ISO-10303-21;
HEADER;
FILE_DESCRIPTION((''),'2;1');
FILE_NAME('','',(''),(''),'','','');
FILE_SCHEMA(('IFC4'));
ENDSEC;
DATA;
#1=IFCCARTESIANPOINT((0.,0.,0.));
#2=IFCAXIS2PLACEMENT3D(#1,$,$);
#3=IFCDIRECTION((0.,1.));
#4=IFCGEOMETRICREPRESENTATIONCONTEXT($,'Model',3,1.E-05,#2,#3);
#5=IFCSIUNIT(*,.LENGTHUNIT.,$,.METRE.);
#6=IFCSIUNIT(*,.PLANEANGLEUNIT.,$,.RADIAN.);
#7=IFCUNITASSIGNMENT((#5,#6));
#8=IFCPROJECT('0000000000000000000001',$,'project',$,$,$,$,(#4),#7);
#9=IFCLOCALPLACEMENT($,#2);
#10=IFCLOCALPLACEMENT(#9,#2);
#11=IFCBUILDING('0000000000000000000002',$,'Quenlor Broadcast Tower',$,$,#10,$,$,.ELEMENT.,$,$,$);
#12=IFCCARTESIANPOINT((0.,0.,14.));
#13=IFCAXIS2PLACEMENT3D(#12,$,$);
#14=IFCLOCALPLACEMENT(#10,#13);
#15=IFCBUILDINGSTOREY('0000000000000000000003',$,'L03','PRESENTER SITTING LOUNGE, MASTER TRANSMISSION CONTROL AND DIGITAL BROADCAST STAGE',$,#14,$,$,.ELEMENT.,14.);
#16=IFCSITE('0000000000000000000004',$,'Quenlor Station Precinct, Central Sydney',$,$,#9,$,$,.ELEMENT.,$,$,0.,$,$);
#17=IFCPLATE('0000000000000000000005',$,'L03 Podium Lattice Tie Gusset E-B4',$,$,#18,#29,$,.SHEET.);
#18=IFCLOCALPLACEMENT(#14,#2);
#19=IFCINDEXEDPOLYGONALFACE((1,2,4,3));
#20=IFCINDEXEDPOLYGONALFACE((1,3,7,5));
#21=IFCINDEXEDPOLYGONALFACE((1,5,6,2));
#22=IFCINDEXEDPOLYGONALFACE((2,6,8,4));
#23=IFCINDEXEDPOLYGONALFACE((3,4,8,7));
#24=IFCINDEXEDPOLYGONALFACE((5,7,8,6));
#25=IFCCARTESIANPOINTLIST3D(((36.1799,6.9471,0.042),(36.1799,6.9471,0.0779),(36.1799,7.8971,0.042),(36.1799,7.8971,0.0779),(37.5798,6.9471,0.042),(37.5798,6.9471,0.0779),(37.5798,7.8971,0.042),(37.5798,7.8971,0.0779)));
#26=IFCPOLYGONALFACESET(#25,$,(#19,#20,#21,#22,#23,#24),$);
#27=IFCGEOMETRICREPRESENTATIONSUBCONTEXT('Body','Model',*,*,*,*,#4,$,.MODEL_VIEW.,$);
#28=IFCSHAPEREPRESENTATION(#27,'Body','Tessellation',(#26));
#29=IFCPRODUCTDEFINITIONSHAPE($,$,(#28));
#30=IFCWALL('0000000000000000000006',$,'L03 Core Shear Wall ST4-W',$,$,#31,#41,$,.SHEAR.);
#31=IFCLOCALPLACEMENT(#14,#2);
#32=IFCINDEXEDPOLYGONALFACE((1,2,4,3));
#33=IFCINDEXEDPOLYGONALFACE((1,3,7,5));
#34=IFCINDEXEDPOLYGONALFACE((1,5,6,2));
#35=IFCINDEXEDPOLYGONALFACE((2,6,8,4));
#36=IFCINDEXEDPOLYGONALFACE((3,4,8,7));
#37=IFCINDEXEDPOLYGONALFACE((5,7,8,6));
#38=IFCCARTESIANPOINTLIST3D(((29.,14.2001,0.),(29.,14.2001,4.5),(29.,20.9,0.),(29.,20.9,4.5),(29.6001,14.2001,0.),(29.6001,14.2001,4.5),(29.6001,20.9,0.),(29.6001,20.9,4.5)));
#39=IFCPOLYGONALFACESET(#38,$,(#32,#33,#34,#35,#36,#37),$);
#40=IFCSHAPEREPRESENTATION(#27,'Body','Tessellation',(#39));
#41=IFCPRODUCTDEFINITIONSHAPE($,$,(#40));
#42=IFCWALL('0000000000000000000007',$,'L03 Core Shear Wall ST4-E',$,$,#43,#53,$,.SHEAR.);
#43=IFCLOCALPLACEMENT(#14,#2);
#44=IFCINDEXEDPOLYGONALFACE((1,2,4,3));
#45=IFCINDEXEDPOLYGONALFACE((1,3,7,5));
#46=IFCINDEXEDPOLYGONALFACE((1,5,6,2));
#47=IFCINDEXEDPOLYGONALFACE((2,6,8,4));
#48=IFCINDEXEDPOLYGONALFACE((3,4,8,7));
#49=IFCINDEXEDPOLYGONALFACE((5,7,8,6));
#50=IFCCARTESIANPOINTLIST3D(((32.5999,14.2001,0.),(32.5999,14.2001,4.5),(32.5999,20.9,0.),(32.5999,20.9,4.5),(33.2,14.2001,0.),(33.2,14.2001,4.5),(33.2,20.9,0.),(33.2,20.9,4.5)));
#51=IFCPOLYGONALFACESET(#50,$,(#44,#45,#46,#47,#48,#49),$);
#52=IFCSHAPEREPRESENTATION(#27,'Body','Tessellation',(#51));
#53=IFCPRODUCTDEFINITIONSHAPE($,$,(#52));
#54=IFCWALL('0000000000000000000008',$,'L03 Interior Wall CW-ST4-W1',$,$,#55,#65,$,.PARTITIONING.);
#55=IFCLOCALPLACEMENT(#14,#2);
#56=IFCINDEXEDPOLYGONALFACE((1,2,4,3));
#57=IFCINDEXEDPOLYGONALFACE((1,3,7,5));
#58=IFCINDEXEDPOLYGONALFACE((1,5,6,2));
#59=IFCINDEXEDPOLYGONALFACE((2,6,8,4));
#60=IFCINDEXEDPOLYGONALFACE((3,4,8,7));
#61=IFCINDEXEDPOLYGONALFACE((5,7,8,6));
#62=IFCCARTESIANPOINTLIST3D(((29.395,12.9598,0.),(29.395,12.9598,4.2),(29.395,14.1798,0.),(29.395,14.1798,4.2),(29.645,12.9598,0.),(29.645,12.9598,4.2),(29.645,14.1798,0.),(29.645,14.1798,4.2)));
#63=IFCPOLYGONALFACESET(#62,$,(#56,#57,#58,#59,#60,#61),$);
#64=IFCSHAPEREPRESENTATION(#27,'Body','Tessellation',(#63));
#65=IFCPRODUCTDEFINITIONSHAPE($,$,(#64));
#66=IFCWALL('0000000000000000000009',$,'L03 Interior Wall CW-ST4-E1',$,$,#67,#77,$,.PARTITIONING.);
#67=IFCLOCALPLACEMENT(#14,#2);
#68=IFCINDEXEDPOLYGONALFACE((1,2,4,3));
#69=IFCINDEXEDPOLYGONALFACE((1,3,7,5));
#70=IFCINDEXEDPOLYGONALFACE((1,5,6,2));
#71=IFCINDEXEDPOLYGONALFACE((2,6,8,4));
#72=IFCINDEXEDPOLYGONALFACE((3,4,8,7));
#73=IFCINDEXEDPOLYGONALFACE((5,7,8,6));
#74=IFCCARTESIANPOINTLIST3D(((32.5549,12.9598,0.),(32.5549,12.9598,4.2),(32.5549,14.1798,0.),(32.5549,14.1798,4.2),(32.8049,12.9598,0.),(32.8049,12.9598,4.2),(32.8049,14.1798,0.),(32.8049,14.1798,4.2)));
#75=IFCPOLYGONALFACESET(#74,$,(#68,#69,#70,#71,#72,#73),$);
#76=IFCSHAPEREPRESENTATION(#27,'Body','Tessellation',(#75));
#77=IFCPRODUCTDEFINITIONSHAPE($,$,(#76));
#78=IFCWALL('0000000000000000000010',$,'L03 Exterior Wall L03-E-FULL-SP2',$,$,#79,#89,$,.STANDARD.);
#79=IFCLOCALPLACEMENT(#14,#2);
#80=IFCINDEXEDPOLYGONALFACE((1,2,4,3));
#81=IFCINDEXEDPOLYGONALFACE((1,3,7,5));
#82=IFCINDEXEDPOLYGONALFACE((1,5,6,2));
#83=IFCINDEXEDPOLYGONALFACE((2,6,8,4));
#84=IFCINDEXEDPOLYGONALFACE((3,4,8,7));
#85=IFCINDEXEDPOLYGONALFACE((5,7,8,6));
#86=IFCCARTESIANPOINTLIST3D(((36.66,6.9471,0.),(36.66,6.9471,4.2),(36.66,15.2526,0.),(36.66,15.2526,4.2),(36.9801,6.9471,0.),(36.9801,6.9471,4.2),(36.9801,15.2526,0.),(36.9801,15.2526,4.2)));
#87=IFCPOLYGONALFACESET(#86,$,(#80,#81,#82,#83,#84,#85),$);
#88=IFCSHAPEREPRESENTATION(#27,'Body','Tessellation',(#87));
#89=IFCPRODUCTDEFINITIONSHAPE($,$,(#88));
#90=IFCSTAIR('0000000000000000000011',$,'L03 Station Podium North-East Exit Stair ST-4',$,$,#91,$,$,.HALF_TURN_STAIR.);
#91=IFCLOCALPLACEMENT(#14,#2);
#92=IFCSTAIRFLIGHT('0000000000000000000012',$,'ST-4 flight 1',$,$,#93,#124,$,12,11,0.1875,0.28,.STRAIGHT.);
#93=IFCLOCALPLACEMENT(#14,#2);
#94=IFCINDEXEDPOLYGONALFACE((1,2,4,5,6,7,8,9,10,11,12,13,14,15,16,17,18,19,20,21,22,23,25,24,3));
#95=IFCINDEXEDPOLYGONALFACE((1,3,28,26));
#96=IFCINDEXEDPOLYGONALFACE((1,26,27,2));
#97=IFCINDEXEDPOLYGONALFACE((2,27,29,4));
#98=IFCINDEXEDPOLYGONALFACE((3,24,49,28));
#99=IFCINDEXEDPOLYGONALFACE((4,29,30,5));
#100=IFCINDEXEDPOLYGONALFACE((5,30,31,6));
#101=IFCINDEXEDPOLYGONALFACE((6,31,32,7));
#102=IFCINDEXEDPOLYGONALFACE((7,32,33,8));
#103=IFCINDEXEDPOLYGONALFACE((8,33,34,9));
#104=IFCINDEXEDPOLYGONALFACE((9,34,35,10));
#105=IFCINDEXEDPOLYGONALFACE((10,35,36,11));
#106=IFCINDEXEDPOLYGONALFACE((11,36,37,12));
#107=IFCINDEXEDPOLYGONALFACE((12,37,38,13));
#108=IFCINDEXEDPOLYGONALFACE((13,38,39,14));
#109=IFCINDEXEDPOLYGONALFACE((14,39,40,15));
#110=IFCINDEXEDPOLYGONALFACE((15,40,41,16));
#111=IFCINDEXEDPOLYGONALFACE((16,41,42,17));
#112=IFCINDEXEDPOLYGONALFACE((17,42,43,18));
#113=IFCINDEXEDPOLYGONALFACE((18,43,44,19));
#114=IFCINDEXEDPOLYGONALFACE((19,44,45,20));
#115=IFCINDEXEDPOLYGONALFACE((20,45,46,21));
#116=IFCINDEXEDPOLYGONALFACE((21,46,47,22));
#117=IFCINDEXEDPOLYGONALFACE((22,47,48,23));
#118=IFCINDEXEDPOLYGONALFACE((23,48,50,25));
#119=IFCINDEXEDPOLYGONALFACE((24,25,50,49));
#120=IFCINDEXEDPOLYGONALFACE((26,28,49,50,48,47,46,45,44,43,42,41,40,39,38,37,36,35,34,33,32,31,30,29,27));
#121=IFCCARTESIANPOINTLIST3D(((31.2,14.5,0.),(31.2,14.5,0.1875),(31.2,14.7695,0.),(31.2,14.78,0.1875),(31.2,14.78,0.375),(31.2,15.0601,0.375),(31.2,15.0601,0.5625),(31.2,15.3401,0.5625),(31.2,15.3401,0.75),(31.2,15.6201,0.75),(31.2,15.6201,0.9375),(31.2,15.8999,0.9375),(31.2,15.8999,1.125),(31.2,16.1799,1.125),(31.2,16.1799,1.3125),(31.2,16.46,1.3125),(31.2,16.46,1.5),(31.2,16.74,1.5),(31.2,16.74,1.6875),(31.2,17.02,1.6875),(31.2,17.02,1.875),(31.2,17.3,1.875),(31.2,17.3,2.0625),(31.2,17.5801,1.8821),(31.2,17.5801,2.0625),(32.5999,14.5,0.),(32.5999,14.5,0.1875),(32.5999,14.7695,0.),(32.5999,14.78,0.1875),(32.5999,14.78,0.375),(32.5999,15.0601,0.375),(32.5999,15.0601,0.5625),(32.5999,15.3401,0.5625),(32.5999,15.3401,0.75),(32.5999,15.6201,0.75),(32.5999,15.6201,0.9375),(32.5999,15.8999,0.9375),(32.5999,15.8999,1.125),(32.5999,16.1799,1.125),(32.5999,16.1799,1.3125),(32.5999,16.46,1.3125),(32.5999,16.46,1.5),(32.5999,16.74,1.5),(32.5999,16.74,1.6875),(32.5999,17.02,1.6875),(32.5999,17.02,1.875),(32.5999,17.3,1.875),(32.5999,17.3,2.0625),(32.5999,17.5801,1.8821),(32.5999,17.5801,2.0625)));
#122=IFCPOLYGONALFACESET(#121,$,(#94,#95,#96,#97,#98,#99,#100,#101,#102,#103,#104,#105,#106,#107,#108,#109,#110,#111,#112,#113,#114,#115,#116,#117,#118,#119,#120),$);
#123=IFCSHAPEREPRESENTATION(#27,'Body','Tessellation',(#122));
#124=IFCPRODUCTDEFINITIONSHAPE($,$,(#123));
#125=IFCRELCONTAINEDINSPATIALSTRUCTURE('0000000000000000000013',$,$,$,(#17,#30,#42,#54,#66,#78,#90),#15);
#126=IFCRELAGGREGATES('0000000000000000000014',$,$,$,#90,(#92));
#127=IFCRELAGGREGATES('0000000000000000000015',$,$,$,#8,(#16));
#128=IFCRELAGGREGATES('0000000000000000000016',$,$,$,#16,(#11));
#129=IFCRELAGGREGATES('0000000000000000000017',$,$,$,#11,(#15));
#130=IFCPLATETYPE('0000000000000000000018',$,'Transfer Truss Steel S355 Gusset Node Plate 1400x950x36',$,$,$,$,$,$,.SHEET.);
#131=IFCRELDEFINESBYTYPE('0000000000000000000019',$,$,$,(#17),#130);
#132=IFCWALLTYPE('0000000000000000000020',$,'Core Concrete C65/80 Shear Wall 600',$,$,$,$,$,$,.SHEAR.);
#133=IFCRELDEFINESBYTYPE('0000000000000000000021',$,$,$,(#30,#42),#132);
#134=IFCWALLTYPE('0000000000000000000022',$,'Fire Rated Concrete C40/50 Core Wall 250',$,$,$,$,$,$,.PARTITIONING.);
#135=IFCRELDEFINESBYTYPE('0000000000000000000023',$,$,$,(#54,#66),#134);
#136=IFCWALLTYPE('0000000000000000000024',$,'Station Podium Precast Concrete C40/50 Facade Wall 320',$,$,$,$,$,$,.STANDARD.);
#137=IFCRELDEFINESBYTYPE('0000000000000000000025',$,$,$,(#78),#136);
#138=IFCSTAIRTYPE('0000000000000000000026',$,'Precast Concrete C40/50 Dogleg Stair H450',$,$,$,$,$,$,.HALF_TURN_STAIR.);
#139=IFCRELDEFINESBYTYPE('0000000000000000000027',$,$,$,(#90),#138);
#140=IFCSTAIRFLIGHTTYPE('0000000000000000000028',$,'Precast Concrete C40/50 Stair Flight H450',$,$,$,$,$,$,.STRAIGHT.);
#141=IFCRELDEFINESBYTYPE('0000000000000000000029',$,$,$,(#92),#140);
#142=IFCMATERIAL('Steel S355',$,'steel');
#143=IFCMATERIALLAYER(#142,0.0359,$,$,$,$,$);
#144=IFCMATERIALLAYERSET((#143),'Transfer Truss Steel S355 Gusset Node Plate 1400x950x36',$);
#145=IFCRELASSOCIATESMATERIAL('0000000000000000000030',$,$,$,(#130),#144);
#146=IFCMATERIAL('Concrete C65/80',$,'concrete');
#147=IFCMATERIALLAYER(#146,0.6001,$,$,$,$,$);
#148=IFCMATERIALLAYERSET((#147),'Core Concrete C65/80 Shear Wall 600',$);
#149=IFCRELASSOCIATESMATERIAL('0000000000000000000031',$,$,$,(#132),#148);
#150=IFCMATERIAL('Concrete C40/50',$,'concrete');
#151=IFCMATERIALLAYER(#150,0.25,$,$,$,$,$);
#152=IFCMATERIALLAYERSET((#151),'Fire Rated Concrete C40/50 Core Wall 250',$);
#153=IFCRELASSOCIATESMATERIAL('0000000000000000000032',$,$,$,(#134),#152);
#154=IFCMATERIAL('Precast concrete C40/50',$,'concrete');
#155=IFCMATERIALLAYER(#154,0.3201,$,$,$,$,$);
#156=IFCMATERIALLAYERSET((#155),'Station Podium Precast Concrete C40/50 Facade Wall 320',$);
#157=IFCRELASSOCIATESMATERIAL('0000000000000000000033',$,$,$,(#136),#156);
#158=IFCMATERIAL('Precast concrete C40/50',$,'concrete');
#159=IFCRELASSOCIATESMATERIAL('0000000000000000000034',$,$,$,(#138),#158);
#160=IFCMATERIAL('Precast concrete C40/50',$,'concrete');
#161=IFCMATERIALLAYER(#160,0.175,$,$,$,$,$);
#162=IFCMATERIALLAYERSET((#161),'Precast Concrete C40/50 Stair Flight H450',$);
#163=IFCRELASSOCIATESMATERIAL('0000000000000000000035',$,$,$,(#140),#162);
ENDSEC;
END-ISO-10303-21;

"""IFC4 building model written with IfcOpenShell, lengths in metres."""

from ifc_helpers import new_model, si_unit, direction, frame, frame_2d, origin, origin_2d, place, context, subcontext, project, spatial, polyline, rectangle, outline, extrude, material, layer, layer_set, type_object, element, aggregate, save


model = new_model("IFC4")

# Units and contexts
model_context = context("Model", 3, precision=1e-05, world=origin(), true_north=direction((0.0, 1.0)))
body_context = subcontext(model_context, "Body", "Model", "MODEL_VIEW")
ifc_project = project(units=[si_unit("LENGTHUNIT", "METRE"), si_unit("PLANEANGLEUNIT", "RADIAN")], contexts=[model_context])

# Site, building, storey
site_placement = place(None, origin())
site = spatial("IfcSite", under=ifc_project, at=site_placement, Name="Quenlor Station Precinct, Central Sydney", CompositionType="ELEMENT", RefElevation=0.0)
building_placement = place(site_placement, origin())
building = spatial("IfcBuilding", under=site, at=building_placement, Name="Quenlor Broadcast Tower", CompositionType="ELEMENT")
storey_placement = place(building_placement, frame((0.0, 0.0, 14.0)))
storey = spatial("IfcBuildingStorey", under=building, at=storey_placement, Name="L03", Description="PRESENTER SITTING LOUNGE, MASTER TRANSMISSION CONTROL AND DIGITAL BROADCAST STAGE", CompositionType="ELEMENT", Elevation=14.0)

# Plate
ifc_material_1 = material(Name="Steel S355", Category="steel")
ifc_layer_1 = layer(ifc_material_1, 0.0359)
ifc_layer_set_1 = layer_set([ifc_layer_1], Name="Transfer Truss Steel S355 Gusset Node Plate 1400x950x36")
plate_type = type_object("IfcPlateType", Name="Transfer Truss Steel S355 Gusset Node Plate 1400x950x36", PredefinedType="SHEET", material=ifc_layer_set_1)
for number, where, z_axis, x_axis, name in (
    (1, (36.8799, 7.4221, 0.042), (0.0, 0.0, 1.0), (1.0, 0.0, 0.0), "L03 Podium Lattice Tie Gusset E-B4"),
):
    element("IfcPlate", number, at=place(storey_placement, frame(where, z_axis=z_axis, x_axis=x_axis)), inside=storey, type_object=plate_type, Name=name, PredefinedType="SHEET", context=body_context, shape_type="SweptSolid", body=[
        extrude(rectangle(XDim=1.3999, YDim=0.95, at=origin_2d()), origin(), (0.0, 0.0, 1.0), 0.0359),
    ])

# Walls
ifc_material_2 = material(Name="Concrete C65/80", Category="concrete")
ifc_layer_2 = layer(ifc_material_2, 0.6001)
ifc_layer_set_2 = layer_set([ifc_layer_2], Name="Core Concrete C65/80 Shear Wall 600")
wall_type_1 = type_object("IfcWallType", Name="Core Concrete C65/80 Shear Wall 600", PredefinedType="SHEAR", material=ifc_layer_set_2)
for number, where, z_axis, x_axis, name in (
    (2, (29.3, 14.2, 0.0), (0.0, 0.0, 1.0), (0.0, 1.0, 0.0), "L03 Core Shear Wall ST4-W"),
    (3, (32.8999, 14.2, 0.0), (0.0, 0.0, 1.0), (0.0, 1.0, 0.0), "L03 Core Shear Wall ST4-E"),
):
    element("IfcWall", number, at=place(storey_placement, frame(where, z_axis=z_axis, x_axis=x_axis)), inside=storey, type_object=wall_type_1, Name=name, PredefinedType="SHEAR", context=body_context, shape_type="SweptSolid", body=[
        extrude(rectangle(XDim=6.7, YDim=0.6001, at=frame_2d((3.3501, 0.0))), origin(), (0.0, 0.0, 1.0), 4.5),
    ])

# Shared definitions
ifc_material_3 = material(Name="Concrete C40/50", Category="concrete")
ifc_layer_3 = layer(ifc_material_3, 0.25)
ifc_layer_set_3 = layer_set([ifc_layer_3], Name="Fire Rated Concrete C40/50 Core Wall 250")
wall_type_2 = type_object("IfcWallType", Name="Fire Rated Concrete C40/50 Core Wall 250", PredefinedType="PARTITIONING", material=ifc_layer_set_3)

# Walls
for number, where, z_axis, x_axis, name in (
    (4, (29.52, 12.96, 0.0), (0.0, 0.0, 1.0), (0.0, 1.0, 0.0), "L03 Interior Wall CW-ST4-W1"),
    (5, (32.6799, 12.96, 0.0), (0.0, 0.0, 1.0), (0.0, 1.0, 0.0), "L03 Interior Wall CW-ST4-E1"),
):
    element("IfcWall", number, at=place(storey_placement, frame(where, z_axis=z_axis, x_axis=x_axis)), inside=storey, type_object=wall_type_2, Name=name, PredefinedType="PARTITIONING", context=body_context, shape_type="SweptSolid", body=[
        extrude(rectangle(XDim=1.22, YDim=0.25, at=frame_2d((0.6099, 0.0))), origin(), (0.0, 0.0, 1.0), 4.2),
    ])
ifc_material_4 = material(Name="Precast concrete C40/50", Category="concrete")
ifc_layer_4 = layer(ifc_material_4, 0.3201)
ifc_layer_set_4 = layer_set([ifc_layer_4], Name="Station Podium Precast Concrete C40/50 Facade Wall 320")
wall_type_3 = type_object("IfcWallType", Name="Station Podium Precast Concrete C40/50 Facade Wall 320", PredefinedType="STANDARD", material=ifc_layer_set_4)
wall_1_placement = place(storey_placement, frame((36.8201, 15.2527, 0.0), z_axis=(0.0, 0.0, 1.0), x_axis=(0.0, -1.0, 0.0)))
element("IfcWall", 6, at=wall_1_placement, inside=storey, type_object=wall_type_3, Name="L03 Exterior Wall L03-E-FULL-SP2", PredefinedType="STANDARD", context=body_context, shape_type="SweptSolid", body=[
    extrude(rectangle(XDim=8.3054, YDim=0.3201, at=frame_2d((4.1528, 0.0))), origin(), (0.0, 0.0, 1.0), 4.2),
])

# Stair, stair flight
ifc_material_5 = material(Name="Precast concrete C40/50", Category="concrete")
stair_type = type_object("IfcStairType", Name="Precast Concrete C40/50 Dogleg Stair H450", PredefinedType="HALF_TURN_STAIR", material=ifc_material_5)
stair_placement = place(storey_placement, origin())
stair = element("IfcStair", 7, at=stair_placement, inside=storey, type_object=stair_type, Name="L03 Station Podium North-East Exit Stair ST-4", PredefinedType="HALF_TURN_STAIR")
ifc_material_6 = material(Name="Precast concrete C40/50", Category="concrete")
ifc_layer_5 = layer(ifc_material_6, 0.175)
ifc_layer_set_5 = layer_set([ifc_layer_5], Name="Precast Concrete C40/50 Stair Flight H450")
stair_flight_type = type_object("IfcStairFlightType", Name="Precast Concrete C40/50 Stair Flight H450", PredefinedType="STRAIGHT", material=ifc_layer_set_5)
stair_flight_placement = place(storey_placement, frame((31.8999, 14.5, 0.0), z_axis=(0.0, 0.0, 1.0), x_axis=(0.0, 1.0, 0.0)))
stair_flight = element("IfcStairFlight", 8, at=stair_flight_placement, type_object=stair_flight_type, Name="ST-4 flight 1", NumberOfRisers=12, NumberOfTreads=11, PredefinedType="STRAIGHT", RiserHeight=0.1875, TreadLength=0.28, context=body_context, shape_type="SweptSolid", body=[
    extrude(outline(polyline([(0.0, 0.0), (0.0, 0.1875), (0.28, 0.1875), (0.28, 0.375), (0.5601, 0.375), (0.5601, 0.5625), (0.8401, 0.5625), (0.8401, 0.75), (1.1201, 0.75), (1.1201, 0.9375), (1.3999, 0.9375), (1.3999, 1.125), (1.6799, 1.125), (1.6799, 1.3125), (1.96, 1.3125), (1.96, 1.5), (2.24, 1.5), (2.24, 1.6875), (2.52, 1.6875), (2.52, 1.875), (2.8, 1.875), (2.8, 2.0625), (3.0801, 2.0625), (3.0801, 2.25), (3.0801, 1.8821), (0.2695, 0.0), (0.0, 0.0)])), frame((0.0, 0.7, 0.0), z_axis=(0.0, -1.0, 0.0), x_axis=(1.0, 0.0, 0.0)), (0.0, 0.0, 1.0), 1.3999),
])
aggregate(stair, [stair_flight])

save(model, "model.ifc")
